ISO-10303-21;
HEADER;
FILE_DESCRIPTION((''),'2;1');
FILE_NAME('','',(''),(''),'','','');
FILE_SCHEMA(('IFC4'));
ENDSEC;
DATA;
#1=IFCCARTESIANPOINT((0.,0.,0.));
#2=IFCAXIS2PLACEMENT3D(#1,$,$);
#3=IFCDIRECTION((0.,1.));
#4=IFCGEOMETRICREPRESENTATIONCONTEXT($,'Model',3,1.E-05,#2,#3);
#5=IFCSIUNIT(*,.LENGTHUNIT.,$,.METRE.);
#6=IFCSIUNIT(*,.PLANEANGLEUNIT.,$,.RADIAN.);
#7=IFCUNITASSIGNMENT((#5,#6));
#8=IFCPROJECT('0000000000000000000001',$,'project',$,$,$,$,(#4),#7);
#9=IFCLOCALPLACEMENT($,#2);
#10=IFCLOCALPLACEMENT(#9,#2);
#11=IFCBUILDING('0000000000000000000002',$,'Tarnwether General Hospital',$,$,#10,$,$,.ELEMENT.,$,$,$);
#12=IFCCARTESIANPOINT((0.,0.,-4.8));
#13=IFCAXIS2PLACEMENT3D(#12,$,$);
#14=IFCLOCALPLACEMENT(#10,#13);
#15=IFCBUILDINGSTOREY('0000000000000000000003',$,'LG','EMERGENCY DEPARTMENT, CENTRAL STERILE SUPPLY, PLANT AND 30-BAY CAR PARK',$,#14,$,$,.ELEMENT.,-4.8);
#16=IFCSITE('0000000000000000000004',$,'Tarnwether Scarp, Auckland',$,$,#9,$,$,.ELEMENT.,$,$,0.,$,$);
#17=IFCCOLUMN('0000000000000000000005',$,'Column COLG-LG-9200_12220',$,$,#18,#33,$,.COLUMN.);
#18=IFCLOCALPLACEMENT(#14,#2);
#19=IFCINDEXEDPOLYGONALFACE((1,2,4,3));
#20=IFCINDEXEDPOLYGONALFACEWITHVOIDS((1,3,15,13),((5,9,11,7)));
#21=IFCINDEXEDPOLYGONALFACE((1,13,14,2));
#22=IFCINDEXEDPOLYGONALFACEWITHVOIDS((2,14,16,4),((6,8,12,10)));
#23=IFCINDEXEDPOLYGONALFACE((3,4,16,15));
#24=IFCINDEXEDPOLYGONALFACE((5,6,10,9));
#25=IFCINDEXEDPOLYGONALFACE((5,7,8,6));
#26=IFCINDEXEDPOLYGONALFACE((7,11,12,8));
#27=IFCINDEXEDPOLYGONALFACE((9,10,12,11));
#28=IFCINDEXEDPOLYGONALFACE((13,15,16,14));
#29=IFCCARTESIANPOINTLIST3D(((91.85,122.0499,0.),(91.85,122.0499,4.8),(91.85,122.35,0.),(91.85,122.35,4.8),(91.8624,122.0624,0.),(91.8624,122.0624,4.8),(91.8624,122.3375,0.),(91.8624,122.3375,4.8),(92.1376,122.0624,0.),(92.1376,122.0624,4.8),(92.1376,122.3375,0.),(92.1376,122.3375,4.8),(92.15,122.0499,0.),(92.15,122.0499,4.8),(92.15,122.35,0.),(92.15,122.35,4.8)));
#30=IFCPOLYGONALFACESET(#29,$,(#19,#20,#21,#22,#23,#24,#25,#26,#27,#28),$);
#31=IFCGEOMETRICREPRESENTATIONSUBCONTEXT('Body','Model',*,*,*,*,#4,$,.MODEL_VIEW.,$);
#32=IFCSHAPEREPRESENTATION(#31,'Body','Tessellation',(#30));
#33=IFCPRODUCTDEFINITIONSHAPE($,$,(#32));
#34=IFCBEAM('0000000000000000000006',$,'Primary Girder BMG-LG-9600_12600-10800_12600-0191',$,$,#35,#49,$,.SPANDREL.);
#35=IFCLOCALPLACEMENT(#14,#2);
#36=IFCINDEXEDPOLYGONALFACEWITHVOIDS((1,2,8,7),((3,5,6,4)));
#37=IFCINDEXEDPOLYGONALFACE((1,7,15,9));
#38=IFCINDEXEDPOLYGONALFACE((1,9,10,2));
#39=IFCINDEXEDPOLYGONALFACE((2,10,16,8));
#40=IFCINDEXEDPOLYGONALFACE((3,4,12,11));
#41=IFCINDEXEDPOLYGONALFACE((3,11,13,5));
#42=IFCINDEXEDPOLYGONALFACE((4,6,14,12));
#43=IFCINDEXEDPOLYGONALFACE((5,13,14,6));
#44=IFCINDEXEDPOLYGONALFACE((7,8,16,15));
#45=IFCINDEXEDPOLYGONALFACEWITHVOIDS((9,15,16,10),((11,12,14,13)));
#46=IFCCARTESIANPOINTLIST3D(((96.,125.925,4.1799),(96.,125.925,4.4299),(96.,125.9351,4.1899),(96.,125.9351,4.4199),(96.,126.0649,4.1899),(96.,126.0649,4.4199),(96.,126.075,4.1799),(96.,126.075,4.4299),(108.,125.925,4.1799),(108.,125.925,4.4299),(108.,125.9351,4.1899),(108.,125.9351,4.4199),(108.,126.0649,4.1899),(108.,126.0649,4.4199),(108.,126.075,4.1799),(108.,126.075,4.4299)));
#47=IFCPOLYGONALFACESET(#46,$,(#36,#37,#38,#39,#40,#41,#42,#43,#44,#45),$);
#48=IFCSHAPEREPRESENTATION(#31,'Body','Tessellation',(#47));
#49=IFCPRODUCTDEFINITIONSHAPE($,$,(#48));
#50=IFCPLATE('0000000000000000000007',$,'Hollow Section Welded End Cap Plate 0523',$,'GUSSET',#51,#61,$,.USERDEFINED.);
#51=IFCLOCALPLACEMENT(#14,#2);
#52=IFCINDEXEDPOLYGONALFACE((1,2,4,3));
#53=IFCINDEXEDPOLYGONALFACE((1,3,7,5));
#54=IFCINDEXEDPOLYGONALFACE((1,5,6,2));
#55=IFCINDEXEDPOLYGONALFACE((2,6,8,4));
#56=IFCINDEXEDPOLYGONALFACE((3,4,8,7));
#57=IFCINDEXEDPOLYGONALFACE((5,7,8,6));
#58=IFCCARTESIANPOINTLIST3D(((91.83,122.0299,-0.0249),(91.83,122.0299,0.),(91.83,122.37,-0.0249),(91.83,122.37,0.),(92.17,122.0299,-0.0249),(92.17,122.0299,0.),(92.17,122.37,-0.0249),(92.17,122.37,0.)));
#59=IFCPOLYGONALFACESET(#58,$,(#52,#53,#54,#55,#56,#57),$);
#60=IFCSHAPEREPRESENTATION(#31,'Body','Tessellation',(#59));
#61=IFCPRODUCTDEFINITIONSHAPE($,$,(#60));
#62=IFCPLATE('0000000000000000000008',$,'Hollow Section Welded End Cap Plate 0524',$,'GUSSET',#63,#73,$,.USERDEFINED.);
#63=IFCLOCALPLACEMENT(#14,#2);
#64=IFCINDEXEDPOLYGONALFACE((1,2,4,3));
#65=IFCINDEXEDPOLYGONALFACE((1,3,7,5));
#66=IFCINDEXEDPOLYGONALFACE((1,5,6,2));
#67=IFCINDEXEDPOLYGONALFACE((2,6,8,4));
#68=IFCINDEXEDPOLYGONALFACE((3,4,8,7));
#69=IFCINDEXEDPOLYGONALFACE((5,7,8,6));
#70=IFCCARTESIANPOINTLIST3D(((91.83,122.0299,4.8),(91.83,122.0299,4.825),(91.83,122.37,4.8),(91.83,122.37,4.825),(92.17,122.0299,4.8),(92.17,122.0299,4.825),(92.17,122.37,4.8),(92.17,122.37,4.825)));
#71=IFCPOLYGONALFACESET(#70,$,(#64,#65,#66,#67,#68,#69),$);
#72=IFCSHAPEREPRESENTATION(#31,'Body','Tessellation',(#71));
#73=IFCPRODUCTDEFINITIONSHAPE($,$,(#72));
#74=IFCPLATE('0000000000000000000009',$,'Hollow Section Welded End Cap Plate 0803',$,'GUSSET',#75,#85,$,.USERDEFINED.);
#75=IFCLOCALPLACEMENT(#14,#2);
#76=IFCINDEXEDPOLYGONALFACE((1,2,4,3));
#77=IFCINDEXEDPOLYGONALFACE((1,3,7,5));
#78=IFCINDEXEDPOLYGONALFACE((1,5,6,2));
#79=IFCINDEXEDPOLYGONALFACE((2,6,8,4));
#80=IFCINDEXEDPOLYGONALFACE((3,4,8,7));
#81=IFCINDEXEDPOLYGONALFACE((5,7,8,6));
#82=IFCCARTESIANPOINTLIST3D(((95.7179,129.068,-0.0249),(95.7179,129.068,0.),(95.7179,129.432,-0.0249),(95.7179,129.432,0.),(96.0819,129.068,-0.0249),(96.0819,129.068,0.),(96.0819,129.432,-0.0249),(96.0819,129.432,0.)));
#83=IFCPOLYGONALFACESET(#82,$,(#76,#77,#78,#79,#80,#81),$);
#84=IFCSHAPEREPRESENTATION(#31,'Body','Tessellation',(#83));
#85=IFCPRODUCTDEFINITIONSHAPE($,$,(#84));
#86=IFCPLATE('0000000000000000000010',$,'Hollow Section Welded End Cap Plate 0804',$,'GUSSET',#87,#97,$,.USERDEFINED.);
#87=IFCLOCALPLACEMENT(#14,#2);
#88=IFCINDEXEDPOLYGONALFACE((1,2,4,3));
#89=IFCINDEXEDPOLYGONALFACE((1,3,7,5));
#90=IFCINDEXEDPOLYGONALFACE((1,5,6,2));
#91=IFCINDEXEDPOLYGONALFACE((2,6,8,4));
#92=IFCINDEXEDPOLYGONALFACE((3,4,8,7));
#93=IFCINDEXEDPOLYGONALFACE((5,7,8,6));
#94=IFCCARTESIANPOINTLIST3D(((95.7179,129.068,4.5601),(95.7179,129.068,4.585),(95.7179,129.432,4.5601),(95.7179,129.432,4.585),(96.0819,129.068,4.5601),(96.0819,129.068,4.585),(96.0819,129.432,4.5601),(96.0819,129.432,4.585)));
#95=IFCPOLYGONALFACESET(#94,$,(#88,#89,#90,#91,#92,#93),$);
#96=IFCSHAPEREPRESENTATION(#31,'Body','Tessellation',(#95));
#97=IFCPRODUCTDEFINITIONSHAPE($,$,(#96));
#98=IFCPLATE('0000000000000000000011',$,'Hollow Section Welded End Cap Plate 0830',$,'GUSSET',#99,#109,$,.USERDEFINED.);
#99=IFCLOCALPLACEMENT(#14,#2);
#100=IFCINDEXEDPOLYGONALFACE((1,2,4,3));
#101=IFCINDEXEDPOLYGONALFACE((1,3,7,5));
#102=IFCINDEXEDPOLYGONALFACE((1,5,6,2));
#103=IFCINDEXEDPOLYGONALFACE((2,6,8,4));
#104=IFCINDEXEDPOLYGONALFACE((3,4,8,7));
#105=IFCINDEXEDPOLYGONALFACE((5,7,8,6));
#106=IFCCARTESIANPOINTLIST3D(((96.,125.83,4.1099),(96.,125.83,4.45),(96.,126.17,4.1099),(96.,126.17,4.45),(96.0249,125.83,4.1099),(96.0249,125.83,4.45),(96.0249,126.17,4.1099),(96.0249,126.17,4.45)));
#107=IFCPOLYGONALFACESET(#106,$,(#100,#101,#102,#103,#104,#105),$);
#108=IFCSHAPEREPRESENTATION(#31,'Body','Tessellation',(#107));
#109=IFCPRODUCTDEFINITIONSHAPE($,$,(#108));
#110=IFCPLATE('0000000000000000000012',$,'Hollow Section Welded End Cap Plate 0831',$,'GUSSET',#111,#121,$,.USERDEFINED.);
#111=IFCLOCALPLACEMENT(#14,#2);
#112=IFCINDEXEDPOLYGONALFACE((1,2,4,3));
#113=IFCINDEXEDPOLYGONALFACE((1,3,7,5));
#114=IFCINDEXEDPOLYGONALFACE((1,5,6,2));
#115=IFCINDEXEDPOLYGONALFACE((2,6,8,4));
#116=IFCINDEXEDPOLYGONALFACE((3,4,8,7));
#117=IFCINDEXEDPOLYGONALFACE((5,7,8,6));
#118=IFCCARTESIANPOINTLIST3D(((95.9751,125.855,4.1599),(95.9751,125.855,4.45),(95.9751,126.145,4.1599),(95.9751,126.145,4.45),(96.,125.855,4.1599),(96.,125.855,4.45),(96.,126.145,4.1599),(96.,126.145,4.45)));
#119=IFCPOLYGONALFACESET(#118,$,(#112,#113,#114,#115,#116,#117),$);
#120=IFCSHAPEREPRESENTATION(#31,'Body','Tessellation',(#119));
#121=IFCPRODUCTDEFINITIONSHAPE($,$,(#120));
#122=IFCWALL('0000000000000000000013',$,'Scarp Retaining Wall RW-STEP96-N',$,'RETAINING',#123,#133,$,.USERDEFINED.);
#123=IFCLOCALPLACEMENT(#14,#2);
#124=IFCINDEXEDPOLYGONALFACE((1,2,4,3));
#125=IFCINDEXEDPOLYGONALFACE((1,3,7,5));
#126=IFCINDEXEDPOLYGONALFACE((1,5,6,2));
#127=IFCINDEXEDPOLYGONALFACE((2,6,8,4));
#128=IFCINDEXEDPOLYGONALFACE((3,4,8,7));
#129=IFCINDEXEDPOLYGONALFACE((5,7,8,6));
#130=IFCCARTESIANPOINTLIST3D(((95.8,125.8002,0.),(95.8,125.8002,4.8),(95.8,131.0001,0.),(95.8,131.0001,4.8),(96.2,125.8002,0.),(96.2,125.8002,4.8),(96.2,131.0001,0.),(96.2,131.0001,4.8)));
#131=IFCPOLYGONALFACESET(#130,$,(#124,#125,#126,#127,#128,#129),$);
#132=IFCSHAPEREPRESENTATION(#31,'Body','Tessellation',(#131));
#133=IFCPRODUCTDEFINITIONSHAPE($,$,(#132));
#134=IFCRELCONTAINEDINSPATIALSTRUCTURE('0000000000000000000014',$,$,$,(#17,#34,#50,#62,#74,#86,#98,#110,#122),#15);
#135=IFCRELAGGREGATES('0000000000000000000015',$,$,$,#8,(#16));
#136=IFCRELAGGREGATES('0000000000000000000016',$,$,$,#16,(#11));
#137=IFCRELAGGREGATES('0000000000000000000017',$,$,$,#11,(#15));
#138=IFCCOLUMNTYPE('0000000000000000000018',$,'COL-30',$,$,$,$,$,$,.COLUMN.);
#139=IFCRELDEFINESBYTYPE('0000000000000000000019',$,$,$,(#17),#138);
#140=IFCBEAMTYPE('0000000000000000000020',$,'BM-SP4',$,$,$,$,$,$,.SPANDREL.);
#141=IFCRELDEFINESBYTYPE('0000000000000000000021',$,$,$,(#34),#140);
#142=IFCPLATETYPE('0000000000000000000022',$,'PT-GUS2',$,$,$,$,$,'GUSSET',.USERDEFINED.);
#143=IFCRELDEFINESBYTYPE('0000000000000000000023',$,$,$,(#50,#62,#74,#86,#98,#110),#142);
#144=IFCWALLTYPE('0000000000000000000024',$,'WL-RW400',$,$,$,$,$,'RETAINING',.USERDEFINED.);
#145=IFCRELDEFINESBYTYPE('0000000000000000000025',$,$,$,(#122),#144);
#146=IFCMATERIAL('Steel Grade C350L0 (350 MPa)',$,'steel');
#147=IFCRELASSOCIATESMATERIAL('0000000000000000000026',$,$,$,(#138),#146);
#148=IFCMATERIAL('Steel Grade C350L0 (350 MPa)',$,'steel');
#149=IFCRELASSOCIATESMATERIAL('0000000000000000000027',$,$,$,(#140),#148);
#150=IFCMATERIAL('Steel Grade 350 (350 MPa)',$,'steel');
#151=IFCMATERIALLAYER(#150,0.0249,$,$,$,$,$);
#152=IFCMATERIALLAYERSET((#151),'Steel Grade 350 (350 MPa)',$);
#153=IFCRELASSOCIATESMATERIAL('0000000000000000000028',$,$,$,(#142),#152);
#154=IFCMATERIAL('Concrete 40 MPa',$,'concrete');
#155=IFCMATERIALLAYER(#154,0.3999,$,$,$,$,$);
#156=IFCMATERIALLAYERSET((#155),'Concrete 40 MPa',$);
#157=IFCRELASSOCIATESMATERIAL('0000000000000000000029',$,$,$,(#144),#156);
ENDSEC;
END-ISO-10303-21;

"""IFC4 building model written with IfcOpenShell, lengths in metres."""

from ifc_helpers import new_model, si_unit, direction, frame, frame_2d, origin, origin_2d, place, context, subcontext, project, spatial, rectangle, hollow_rectangle, extrude, material, layer, layer_set, material_profile, profile_set, type_object, element, save


model = new_model("IFC4")

# Units and contexts
model_context = context("Model", 3, precision=1e-05, world=origin(), true_north=direction((0.0, 1.0)))
body_context = subcontext(model_context, "Body", "Model", "MODEL_VIEW")
ifc_project = project(units=[si_unit("LENGTHUNIT", "METRE"), si_unit("PLANEANGLEUNIT", "RADIAN")], contexts=[model_context])

# Site, building, storey
site_placement = place(None, origin())
site = spatial("IfcSite", under=ifc_project, at=site_placement, Name="Tarnwether Scarp, Auckland", CompositionType="ELEMENT", RefElevation=0.0)
building_placement = place(site_placement, origin())
building = spatial("IfcBuilding", under=site, at=building_placement, Name="Tarnwether General Hospital", CompositionType="ELEMENT")
storey_placement = place(building_placement, frame((0.0, 0.0, -4.8)))
storey = spatial("IfcBuildingStorey", under=building, at=storey_placement, Name="LG", Description="EMERGENCY DEPARTMENT, CENTRAL STERILE SUPPLY, PLANT AND 30-BAY CAR PARK", CompositionType="ELEMENT", Elevation=-4.8)

# Column
ifc_material_1 = material(Name="Steel Grade C350L0 (350 MPa)", Category="steel")
ifc_material_profile_1 = material_profile(ifc_material_1, hollow_rectangle(XDim=0.3, YDim=0.3, WallThickness=0.0125, at=origin_2d()), Name="SHS300x300x12.5")
ifc_profile_set_1 = profile_set([ifc_material_profile_1], Name="Steel Grade C350L0 (350 MPa)")
column_type_1 = type_object("IfcColumnType", Name="COL-30", PredefinedType="COLUMN", material=ifc_profile_set_1)
column_1_placement = place(storey_placement, frame((92.0, 122.2, 0.0), z_axis=(0.0, 0.0, 1.0), x_axis=(0.0, 1.0, 0.0)))
element("IfcColumn", 1, at=column_1_placement, inside=storey, type_object=column_type_1, Name="Column COLG-LG-9200_12220", PredefinedType="COLUMN", context=body_context, shape_type="SweptSolid", body=[
    extrude(hollow_rectangle(XDim=0.3, YDim=0.3, WallThickness=0.0125, at=origin_2d()), origin(), (0.0, 0.0, 1.0), 4.8),
])

# Beam
ifc_material_2 = material(Name="Steel Grade C350L0 (350 MPa)", Category="steel")
ifc_material_profile_2 = material_profile(ifc_material_2, hollow_rectangle(XDim=0.1499, YDim=0.25, WallThickness=0.01, at=origin_2d()), Name="RHS250x150x10")
ifc_profile_set_2 = profile_set([ifc_material_profile_2], Name="Steel Grade C350L0 (350 MPa)")
beam_type = type_object("IfcBeamType", Name="BM-SP4", PredefinedType="SPANDREL", material=ifc_profile_set_2)
beam_placement = place(storey_placement, frame((96.0, 126.0, 4.3049), z_axis=(1.0, 0.0, 0.0), x_axis=(0.0, 1.0, 0.0)))
element("IfcBeam", 2, at=beam_placement, inside=storey, type_object=beam_type, Name="Primary Girder BMG-LG-9600_12600-10800_12600-0191", PredefinedType="SPANDREL", context=body_context, shape_type="SweptSolid", body=[
    extrude(hollow_rectangle(XDim=0.1499, YDim=0.25, WallThickness=0.01, at=origin_2d()), origin(), (0.0, 0.0, 1.0), 12.0),
])

# Plates
ifc_material_3 = material(Name="Steel Grade 350 (350 MPa)", Category="steel")
ifc_layer_1 = layer(ifc_material_3, 0.0249)
ifc_layer_set_1 = layer_set([ifc_layer_1], Name="Steel Grade 350 (350 MPa)")
plate_type = type_object("IfcPlateType", Name="PT-GUS2", ElementType="GUSSET", PredefinedType="USERDEFINED", material=ifc_layer_set_1)
for number, where, z_axis, x_axis, name in (
    (3, (92.0, 122.2, -0.0249), (0.0, 0.0, 1.0), (1.0, 0.0, 0.0), "Hollow Section Welded End Cap Plate 0523"),
    (4, (92.0, 122.2, 4.8), (0.0, 0.0, 1.0), (1.0, 0.0, 0.0), "Hollow Section Welded End Cap Plate 0524"),
):
    element("IfcPlate", number, at=place(storey_placement, frame(where, z_axis=z_axis, x_axis=x_axis)), inside=storey, type_object=plate_type, Name=name, ObjectType="GUSSET", PredefinedType="USERDEFINED", context=body_context, shape_type="SweptSolid", body=[
        extrude(rectangle(XDim=0.3401, YDim=0.3401, at=origin_2d()), origin(), (0.0, 0.0, 1.0), 0.0249),
    ])
for number, where, z_axis, x_axis, name in (
    (5, (95.8999, 129.25, -0.0249), (0.0, 0.0, 1.0), (1.0, 0.0, 0.0), "Hollow Section Welded End Cap Plate 0803"),
    (6, (95.8999, 129.25, 4.5601), (0.0, 0.0, 1.0), (1.0, 0.0, 0.0), "Hollow Section Welded End Cap Plate 0804"),
):
    element("IfcPlate", number, at=place(storey_placement, frame(where, z_axis=z_axis, x_axis=x_axis)), inside=storey, type_object=plate_type, Name=name, ObjectType="GUSSET", PredefinedType="USERDEFINED", context=body_context, shape_type="SweptSolid", body=[
        extrude(rectangle(XDim=0.364, YDim=0.364, at=origin_2d()), origin(), (0.0, 0.0, 1.0), 0.0249),
    ])
plate_1_placement = place(storey_placement, frame((96.0125, 126.0, 4.1099), z_axis=(0.0, 0.0, 1.0), x_axis=(1.0, 0.0, 0.0)))
element("IfcPlate", 7, at=plate_1_placement, inside=storey, type_object=plate_type, Name="Hollow Section Welded End Cap Plate 0830", ObjectType="GUSSET", PredefinedType="USERDEFINED", context=body_context, shape_type="SweptSolid", body=[
    extrude(rectangle(XDim=0.0249, YDim=0.3401, at=origin_2d()), origin(), (0.0, 0.0, 1.0), 0.3401),
])
plate_2_placement = place(storey_placement, frame((95.9875, 126.0, 4.1599), z_axis=(0.0, 0.0, 1.0), x_axis=(1.0, 0.0, 0.0)))
element("IfcPlate", 8, at=plate_2_placement, inside=storey, type_object=plate_type, Name="Hollow Section Welded End Cap Plate 0831", ObjectType="GUSSET", PredefinedType="USERDEFINED", context=body_context, shape_type="SweptSolid", body=[
    extrude(rectangle(XDim=0.0249, YDim=0.29, at=origin_2d()), origin(), (0.0, 0.0, 1.0), 0.29),
])

# Wall
ifc_material_4 = material(Name="Concrete 40 MPa", Category="concrete")
ifc_layer_2 = layer(ifc_material_4, 0.3999)
ifc_layer_set_2 = layer_set([ifc_layer_2], Name="Concrete 40 MPa")
wall_type = type_object("IfcWallType", Name="WL-RW400", ElementType="RETAINING", PredefinedType="USERDEFINED", material=ifc_layer_set_2)
wall_placement = place(storey_placement, frame((96.0, 125.8, 0.0), z_axis=(0.0, 0.0, 1.0), x_axis=(0.0, 1.0, 0.0)))
element("IfcWall", 9, at=wall_placement, inside=storey, type_object=wall_type, Name="Scarp Retaining Wall RW-STEP96-N", ObjectType="RETAINING", PredefinedType="USERDEFINED", context=body_context, shape_type="SweptSolid", body=[
    extrude(rectangle(XDim=5.2, YDim=0.3999, at=frame_2d((2.6001, 0.0))), origin(), (0.0, 0.0, 1.0), 4.8),
])

save(model, "model.ifc")
